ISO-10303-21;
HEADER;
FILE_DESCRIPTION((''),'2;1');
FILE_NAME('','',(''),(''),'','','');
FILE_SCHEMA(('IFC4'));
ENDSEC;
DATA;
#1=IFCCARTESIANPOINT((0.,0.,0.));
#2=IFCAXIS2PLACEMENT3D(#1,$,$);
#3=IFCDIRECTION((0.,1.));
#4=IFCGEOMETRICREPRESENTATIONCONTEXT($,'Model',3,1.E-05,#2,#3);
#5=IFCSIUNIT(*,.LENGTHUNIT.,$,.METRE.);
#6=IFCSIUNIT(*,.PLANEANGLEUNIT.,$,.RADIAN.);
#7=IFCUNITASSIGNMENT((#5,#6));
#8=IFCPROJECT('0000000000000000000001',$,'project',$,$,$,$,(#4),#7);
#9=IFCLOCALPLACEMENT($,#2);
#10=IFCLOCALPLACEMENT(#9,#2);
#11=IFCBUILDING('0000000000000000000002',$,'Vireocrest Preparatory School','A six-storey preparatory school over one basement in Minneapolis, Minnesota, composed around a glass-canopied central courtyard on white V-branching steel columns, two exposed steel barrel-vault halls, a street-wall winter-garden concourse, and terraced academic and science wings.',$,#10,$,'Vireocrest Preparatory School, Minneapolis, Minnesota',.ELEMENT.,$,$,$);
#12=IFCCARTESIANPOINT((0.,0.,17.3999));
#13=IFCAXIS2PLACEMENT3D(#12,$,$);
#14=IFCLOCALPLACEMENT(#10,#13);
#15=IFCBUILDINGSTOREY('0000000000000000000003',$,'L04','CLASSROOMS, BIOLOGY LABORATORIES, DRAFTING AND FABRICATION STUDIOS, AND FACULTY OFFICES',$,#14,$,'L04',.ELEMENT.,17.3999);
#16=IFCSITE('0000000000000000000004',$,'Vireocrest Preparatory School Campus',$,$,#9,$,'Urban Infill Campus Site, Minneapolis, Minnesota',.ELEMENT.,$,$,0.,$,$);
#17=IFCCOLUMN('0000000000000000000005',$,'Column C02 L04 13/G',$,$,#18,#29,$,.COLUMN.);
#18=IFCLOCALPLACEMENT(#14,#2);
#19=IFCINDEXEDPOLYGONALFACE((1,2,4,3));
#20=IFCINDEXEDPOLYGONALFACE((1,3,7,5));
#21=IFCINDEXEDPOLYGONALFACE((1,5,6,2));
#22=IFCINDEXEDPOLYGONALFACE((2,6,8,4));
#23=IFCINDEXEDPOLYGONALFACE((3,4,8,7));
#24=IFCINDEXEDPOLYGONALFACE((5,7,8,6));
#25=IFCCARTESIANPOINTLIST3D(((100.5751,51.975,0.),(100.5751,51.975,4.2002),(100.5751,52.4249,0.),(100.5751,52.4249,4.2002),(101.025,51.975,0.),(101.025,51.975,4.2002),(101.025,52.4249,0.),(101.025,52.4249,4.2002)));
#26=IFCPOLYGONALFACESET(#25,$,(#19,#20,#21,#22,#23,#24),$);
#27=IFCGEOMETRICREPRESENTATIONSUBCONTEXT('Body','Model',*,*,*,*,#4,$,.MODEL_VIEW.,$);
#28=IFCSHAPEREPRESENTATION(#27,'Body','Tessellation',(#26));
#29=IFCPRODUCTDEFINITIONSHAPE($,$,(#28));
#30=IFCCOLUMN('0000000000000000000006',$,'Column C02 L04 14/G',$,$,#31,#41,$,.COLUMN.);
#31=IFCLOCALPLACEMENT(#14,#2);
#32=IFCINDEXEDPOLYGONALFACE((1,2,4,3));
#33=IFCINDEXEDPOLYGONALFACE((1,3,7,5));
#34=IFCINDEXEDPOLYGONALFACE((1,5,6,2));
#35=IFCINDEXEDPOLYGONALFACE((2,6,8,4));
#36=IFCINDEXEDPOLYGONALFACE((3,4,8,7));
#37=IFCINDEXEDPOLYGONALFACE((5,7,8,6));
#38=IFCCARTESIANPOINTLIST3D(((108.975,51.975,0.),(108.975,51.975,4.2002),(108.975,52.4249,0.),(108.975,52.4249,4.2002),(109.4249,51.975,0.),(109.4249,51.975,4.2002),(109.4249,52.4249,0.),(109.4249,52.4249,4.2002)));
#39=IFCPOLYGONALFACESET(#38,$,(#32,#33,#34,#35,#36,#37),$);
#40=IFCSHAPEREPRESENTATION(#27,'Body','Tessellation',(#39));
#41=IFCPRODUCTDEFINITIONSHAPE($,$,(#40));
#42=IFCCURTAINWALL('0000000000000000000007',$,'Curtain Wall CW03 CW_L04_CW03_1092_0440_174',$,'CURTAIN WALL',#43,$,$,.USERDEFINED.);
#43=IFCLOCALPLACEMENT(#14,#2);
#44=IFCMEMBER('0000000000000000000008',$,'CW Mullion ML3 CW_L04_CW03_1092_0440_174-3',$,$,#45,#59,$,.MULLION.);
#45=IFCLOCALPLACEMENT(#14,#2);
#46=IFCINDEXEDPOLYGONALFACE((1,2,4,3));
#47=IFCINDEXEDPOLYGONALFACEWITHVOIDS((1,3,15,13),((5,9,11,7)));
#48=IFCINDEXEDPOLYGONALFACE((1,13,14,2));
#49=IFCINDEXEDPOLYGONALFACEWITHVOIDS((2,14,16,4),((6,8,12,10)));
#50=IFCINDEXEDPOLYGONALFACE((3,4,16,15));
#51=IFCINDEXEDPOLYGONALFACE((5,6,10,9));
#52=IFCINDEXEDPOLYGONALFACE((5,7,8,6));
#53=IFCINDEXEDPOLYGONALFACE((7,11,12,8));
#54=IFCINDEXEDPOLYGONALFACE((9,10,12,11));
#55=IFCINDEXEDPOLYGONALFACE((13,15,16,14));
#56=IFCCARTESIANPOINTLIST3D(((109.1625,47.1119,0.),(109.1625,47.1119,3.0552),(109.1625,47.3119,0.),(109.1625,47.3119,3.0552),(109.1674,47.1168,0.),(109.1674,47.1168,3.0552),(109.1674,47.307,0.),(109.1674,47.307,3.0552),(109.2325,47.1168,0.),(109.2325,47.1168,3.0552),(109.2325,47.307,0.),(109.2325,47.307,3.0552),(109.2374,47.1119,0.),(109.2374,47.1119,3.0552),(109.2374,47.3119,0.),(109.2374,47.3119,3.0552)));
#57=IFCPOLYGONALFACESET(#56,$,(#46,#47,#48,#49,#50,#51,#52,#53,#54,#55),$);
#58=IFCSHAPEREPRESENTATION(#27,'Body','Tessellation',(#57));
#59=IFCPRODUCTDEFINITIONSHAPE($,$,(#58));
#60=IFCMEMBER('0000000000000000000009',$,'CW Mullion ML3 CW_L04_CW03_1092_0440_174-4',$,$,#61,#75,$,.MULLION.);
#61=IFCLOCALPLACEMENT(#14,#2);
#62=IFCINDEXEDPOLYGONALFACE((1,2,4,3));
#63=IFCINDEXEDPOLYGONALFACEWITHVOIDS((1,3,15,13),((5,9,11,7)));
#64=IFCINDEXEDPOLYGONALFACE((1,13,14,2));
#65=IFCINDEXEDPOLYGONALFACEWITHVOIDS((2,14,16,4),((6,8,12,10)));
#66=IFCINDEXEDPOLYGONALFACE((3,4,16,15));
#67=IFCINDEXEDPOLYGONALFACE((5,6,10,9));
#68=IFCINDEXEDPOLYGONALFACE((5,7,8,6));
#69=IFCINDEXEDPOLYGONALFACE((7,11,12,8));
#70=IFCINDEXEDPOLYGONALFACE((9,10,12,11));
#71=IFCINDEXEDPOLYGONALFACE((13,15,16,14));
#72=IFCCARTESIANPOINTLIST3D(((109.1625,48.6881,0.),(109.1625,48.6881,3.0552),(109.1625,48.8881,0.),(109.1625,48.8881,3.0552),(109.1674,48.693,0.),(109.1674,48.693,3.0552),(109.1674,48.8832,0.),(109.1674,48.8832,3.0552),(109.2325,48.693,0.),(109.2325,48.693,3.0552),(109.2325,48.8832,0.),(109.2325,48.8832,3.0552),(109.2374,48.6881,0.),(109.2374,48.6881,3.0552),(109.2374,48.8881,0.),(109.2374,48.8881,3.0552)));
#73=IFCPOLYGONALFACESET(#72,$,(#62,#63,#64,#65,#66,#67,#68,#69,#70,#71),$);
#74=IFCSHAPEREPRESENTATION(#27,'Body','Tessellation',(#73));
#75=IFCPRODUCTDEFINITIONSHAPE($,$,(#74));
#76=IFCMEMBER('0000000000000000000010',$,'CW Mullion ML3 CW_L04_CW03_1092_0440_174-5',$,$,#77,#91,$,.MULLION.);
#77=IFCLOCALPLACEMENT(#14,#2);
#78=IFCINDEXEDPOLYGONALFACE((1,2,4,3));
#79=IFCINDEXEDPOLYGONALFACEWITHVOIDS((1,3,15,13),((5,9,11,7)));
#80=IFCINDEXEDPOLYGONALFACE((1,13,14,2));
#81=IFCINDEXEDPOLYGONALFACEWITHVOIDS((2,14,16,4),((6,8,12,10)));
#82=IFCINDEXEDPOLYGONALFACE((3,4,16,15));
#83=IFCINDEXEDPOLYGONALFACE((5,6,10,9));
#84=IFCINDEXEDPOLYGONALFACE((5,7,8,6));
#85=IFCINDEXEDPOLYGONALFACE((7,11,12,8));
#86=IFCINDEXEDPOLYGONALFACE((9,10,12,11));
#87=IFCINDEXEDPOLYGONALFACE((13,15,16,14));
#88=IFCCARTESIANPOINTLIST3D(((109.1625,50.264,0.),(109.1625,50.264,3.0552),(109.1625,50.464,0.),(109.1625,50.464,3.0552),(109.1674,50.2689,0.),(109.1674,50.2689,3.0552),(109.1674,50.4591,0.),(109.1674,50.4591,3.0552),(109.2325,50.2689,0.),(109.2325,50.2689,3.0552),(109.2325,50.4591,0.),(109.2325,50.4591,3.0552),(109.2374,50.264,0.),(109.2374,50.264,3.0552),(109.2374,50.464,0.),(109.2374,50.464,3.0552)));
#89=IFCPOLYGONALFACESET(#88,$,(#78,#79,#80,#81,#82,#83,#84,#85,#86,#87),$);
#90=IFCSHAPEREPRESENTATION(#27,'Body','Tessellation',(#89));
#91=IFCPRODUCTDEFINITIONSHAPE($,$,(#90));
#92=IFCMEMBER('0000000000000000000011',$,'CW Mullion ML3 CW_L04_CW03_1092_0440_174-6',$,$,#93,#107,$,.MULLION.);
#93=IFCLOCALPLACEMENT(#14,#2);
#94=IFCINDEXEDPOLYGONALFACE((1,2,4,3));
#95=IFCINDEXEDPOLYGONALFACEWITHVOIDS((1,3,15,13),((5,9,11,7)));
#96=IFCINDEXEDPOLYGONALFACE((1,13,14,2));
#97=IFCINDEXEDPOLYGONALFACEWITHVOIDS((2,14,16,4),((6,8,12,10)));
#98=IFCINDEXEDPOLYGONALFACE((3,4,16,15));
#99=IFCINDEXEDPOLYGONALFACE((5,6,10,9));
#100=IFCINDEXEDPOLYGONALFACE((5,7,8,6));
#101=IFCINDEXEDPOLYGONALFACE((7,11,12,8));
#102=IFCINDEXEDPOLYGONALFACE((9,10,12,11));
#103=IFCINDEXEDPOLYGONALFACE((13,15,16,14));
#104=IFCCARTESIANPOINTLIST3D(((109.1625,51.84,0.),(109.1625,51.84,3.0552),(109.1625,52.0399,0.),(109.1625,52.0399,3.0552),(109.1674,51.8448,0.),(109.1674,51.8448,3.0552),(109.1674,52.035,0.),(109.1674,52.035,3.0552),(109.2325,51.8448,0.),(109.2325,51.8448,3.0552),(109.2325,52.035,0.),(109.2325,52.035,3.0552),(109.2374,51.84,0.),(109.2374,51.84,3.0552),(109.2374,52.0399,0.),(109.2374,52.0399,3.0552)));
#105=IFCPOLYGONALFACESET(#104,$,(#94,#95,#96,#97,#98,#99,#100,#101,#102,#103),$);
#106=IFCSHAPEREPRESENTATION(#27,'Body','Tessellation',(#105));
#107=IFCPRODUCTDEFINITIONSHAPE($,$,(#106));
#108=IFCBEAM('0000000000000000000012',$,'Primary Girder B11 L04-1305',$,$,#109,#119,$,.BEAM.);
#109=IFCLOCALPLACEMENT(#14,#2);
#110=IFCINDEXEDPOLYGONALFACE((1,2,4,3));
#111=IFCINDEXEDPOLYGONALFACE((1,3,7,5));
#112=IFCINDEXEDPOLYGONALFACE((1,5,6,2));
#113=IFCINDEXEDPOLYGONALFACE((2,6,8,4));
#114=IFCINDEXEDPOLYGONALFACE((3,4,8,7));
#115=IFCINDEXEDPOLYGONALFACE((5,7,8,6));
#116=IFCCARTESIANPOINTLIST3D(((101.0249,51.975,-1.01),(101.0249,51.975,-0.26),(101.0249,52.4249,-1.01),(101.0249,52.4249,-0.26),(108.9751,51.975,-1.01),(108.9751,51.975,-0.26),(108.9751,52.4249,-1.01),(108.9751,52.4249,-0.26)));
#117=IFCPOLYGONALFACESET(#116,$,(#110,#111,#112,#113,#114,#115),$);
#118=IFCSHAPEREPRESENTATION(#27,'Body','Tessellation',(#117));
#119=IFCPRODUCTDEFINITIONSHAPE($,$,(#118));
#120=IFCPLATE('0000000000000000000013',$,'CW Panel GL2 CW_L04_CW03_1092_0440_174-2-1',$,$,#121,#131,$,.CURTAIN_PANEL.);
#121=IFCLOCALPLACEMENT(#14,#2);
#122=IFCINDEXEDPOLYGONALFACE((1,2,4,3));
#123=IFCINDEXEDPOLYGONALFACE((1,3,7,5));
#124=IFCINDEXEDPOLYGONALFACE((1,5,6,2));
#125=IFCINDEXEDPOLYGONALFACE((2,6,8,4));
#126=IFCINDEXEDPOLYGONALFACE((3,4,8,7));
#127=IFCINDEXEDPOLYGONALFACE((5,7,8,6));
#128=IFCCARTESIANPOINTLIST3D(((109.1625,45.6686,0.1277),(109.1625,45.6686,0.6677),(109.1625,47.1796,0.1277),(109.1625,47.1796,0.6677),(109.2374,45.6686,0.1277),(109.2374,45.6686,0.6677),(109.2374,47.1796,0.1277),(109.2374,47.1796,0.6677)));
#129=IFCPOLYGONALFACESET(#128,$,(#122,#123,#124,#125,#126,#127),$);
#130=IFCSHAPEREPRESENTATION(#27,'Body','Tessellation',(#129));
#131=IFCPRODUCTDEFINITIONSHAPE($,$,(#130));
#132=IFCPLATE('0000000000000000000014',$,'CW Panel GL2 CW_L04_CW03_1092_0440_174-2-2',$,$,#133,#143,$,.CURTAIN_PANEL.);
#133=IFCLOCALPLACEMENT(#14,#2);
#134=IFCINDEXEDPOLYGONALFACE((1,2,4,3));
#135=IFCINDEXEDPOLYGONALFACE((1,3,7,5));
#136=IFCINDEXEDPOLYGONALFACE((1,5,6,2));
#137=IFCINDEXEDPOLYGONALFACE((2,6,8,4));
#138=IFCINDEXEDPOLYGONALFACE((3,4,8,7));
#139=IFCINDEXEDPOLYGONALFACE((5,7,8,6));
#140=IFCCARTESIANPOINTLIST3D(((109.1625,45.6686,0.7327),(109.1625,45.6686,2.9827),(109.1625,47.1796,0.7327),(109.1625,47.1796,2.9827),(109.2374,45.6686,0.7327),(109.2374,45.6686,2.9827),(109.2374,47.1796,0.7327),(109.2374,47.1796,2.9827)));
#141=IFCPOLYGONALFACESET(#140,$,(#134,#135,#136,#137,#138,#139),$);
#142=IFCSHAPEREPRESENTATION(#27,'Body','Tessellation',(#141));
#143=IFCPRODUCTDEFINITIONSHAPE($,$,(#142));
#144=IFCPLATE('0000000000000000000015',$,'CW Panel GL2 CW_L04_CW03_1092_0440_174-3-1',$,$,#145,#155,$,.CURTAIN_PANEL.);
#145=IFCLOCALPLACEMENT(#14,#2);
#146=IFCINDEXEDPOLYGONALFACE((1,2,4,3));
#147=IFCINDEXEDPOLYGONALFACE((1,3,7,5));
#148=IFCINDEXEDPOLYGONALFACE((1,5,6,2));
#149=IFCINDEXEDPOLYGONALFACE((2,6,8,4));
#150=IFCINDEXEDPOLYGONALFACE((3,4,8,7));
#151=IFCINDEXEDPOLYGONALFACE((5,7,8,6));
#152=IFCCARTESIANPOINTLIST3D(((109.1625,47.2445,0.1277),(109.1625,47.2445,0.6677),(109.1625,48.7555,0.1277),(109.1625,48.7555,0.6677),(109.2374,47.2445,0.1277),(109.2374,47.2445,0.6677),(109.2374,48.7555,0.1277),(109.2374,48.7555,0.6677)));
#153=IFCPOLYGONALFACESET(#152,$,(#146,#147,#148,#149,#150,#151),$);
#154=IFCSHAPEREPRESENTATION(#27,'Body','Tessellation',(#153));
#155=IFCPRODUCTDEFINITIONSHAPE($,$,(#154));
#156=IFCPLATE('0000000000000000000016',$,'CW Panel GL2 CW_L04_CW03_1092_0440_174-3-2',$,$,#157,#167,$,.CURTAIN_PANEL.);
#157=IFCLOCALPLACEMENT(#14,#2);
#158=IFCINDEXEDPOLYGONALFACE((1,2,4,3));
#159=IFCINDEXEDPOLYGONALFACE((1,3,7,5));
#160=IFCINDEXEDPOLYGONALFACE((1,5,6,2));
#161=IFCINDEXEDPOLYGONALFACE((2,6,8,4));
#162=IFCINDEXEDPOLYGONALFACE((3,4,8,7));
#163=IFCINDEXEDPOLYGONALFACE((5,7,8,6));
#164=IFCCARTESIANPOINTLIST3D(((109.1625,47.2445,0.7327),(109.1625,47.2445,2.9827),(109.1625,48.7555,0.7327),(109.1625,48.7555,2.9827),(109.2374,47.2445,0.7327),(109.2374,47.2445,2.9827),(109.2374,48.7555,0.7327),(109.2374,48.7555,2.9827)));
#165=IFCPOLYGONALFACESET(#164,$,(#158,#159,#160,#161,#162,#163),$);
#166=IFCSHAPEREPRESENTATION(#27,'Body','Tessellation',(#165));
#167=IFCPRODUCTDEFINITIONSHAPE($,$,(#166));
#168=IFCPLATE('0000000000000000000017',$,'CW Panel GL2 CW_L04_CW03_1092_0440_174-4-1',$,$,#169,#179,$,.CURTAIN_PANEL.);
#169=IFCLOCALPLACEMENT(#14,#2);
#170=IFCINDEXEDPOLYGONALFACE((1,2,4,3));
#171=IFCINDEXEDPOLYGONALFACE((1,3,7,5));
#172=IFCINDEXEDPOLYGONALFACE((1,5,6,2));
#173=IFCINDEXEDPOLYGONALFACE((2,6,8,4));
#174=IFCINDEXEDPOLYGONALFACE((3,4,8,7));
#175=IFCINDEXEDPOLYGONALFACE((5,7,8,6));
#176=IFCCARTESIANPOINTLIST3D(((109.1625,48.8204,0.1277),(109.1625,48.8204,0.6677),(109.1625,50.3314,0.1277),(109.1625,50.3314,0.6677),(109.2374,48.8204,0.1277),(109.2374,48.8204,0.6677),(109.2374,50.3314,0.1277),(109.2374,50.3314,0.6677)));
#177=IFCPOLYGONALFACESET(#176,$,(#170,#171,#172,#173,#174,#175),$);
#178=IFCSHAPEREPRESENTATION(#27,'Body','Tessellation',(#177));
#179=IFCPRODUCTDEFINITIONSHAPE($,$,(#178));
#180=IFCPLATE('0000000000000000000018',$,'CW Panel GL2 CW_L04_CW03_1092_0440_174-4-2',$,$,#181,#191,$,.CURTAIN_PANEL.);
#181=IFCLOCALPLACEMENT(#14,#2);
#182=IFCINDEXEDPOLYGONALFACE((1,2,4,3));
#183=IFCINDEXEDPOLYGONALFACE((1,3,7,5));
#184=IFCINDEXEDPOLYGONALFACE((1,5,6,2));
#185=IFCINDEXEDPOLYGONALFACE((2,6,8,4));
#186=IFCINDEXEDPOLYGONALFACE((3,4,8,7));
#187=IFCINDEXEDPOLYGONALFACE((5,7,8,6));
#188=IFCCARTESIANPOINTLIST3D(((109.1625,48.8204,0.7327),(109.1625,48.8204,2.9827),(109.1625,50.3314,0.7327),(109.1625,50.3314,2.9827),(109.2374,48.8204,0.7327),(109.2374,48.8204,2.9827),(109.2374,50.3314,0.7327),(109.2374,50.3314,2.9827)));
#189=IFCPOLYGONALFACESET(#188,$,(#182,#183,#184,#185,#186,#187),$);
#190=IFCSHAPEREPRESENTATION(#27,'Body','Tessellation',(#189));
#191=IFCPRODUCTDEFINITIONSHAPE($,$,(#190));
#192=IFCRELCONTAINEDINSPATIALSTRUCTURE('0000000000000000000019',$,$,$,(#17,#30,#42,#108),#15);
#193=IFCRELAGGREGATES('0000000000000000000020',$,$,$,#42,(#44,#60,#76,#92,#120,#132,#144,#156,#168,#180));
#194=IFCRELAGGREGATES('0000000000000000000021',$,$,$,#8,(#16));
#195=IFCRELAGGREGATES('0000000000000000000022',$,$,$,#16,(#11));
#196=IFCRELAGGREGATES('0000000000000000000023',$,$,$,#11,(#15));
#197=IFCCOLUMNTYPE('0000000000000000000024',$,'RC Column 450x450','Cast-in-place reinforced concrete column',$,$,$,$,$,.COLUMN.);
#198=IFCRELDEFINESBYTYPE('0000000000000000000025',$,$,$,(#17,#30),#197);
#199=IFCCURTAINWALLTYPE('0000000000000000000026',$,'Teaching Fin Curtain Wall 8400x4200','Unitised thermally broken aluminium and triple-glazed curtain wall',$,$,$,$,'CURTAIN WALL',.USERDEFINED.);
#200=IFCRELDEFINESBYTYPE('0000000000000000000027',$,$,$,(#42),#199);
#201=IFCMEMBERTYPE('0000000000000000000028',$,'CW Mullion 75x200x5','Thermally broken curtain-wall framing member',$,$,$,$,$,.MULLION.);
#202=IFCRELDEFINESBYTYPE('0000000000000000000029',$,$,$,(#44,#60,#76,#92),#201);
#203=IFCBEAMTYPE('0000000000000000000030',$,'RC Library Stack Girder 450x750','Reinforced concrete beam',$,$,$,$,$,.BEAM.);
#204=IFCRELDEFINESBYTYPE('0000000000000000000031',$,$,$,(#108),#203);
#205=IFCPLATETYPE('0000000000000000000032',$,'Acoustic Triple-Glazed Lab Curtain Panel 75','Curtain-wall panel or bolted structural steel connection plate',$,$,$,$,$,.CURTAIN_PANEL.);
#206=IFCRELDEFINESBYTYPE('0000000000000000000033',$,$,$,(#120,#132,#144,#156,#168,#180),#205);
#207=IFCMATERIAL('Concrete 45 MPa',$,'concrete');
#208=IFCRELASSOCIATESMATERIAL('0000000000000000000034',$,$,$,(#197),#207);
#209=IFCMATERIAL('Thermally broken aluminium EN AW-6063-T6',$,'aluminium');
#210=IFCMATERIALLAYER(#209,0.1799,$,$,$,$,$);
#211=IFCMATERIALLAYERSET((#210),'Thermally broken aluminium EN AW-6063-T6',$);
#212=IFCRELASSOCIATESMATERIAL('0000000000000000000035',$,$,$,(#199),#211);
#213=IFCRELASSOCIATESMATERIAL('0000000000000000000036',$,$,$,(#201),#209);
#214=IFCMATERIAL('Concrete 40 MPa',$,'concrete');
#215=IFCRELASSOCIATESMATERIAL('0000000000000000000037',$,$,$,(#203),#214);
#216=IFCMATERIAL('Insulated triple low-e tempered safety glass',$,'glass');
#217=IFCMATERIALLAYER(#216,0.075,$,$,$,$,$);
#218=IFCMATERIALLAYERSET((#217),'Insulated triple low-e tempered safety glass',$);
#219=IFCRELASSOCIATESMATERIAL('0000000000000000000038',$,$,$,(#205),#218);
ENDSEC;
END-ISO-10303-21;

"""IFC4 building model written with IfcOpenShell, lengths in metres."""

from ifc_helpers import new_model, si_unit, direction, frame, origin, origin_2d, place, context, subcontext, project, spatial, rectangle, hollow_rectangle, extrude, material, layer, layer_set, material_profile, profile_set, type_object, element, aggregate, save


model = new_model("IFC4")

# Units and contexts
model_context = context("Model", 3, precision=1e-05, world=origin(), true_north=direction((0.0, 1.0)))
body_context = subcontext(model_context, "Body", "Model", "MODEL_VIEW")
ifc_project = project(units=[si_unit("LENGTHUNIT", "METRE"), si_unit("PLANEANGLEUNIT", "RADIAN")], contexts=[model_context])

# Site, building, storey
site_placement = place(None, origin())
site = spatial("IfcSite", under=ifc_project, at=site_placement, Name="Vireocrest Preparatory School Campus", LongName="Urban Infill Campus Site, Minneapolis, Minnesota", CompositionType="ELEMENT", RefElevation=0.0)
building_placement = place(site_placement, origin())
building = spatial("IfcBuilding", under=site, at=building_placement, Name="Vireocrest Preparatory School", Description="A six-storey preparatory school over one basement in Minneapolis, Minnesota, composed around a glass-canopied central courtyard on white V-branching steel columns, two exposed steel barrel-vault halls, a street-wall winter-garden concourse, and terraced academic and science wings.", LongName="Vireocrest Preparatory School, Minneapolis, Minnesota", CompositionType="ELEMENT")
storey_placement = place(building_placement, frame((0.0, 0.0, 17.3999)))
storey = spatial("IfcBuildingStorey", under=building, at=storey_placement, Name="L04", Description="CLASSROOMS, BIOLOGY LABORATORIES, DRAFTING AND FABRICATION STUDIOS, AND FACULTY OFFICES", LongName="L04", CompositionType="ELEMENT", Elevation=17.3999)

# Columns
ifc_material_1 = material(Name="Concrete 45 MPa", Category="concrete")
ifc_material_profile_1 = material_profile(ifc_material_1, rectangle(XDim=0.45, YDim=0.45, at=origin_2d()), Name="RC 450x450")
ifc_profile_set_1 = profile_set([ifc_material_profile_1], Name="Concrete 45 MPa")
column_type = type_object("IfcColumnType", Name="RC Column 450x450", Description="Cast-in-place reinforced concrete column", PredefinedType="COLUMN", material=ifc_profile_set_1)
for number, where, z_axis, x_axis, name in (
    (1, (100.8, 52.2, 0.0), (0.0, 0.0, 1.0), (1.0, 0.0, 0.0), "Column C02 L04 13/G"),
    (2, (109.2, 52.2, 0.0), (0.0, 0.0, 1.0), (1.0, 0.0, 0.0), "Column C02 L04 14/G"),
):
    element("IfcColumn", number, at=place(storey_placement, frame(where, z_axis=z_axis, x_axis=x_axis)), inside=storey, type_object=column_type, Name=name, PredefinedType="COLUMN", context=body_context, shape_type="SweptSolid", body=[
        extrude(rectangle(XDim=0.45, YDim=0.45, at=origin_2d()), origin(), (0.0, 0.0, 1.0), 4.2002),
    ])

# Curtain wall, members
ifc_material_2 = material(Name="Thermally broken aluminium EN AW-6063-T6", Category="aluminium")
ifc_layer_1 = layer(ifc_material_2, 0.1799)
ifc_layer_set_1 = layer_set([ifc_layer_1], Name="Thermally broken aluminium EN AW-6063-T6")
curtain_wall_type = type_object("IfcCurtainWallType", Name="Teaching Fin Curtain Wall 8400x4200", Description="Unitised thermally broken aluminium and triple-glazed curtain wall", ElementType="CURTAIN WALL", PredefinedType="USERDEFINED", material=ifc_layer_set_1)
curtain_wall_placement = place(storey_placement, origin())
curtain_wall = element("IfcCurtainWall", 3, at=curtain_wall_placement, inside=storey, type_object=curtain_wall_type, Name="Curtain Wall CW03 CW_L04_CW03_1092_0440_174", ObjectType="CURTAIN WALL", PredefinedType="USERDEFINED")
ifc_material_profile_2 = material_profile(ifc_material_2, hollow_rectangle(XDim=0.075, YDim=0.2, WallThickness=0.0049, at=origin_2d()), Name="ALU 75x200x5")
ifc_profile_set_2 = profile_set([ifc_material_profile_2], Name="Thermally broken aluminium EN AW-6063-T6")
member_type = type_object("IfcMemberType", Name="CW Mullion 75x200x5", Description="Thermally broken curtain-wall framing member", PredefinedType="MULLION", material=ifc_profile_set_2)
member_1_placement = place(storey_placement, frame((109.2, 47.2119, 0.0), z_axis=(0.0, 0.0, 1.0), x_axis=(1.0, 0.0, 0.0)))
member_1 = element("IfcMember", 4, at=member_1_placement, type_object=member_type, Name="CW Mullion ML3 CW_L04_CW03_1092_0440_174-3", PredefinedType="MULLION", context=body_context, shape_type="SweptSolid", body=[
    extrude(hollow_rectangle(XDim=0.075, YDim=0.2, WallThickness=0.0049, at=origin_2d()), origin(), (0.0, 0.0, 1.0), 3.0552),
])
member_2_placement = place(storey_placement, frame((109.2, 48.7881, 0.0), z_axis=(0.0, 0.0, 1.0), x_axis=(1.0, 0.0, 0.0)))
member_2 = element("IfcMember", 5, at=member_2_placement, type_object=member_type, Name="CW Mullion ML3 CW_L04_CW03_1092_0440_174-4", PredefinedType="MULLION", context=body_context, shape_type="SweptSolid", body=[
    extrude(hollow_rectangle(XDim=0.075, YDim=0.2, WallThickness=0.0049, at=origin_2d()), origin(), (0.0, 0.0, 1.0), 3.0552),
])
member_3_placement = place(storey_placement, frame((109.2, 50.364, 0.0), z_axis=(0.0, 0.0, 1.0), x_axis=(1.0, 0.0, 0.0)))
member_3 = element("IfcMember", 6, at=member_3_placement, type_object=member_type, Name="CW Mullion ML3 CW_L04_CW03_1092_0440_174-5", PredefinedType="MULLION", context=body_context, shape_type="SweptSolid", body=[
    extrude(hollow_rectangle(XDim=0.075, YDim=0.2, WallThickness=0.0049, at=origin_2d()), origin(), (0.0, 0.0, 1.0), 3.0552),
])
member_4_placement = place(storey_placement, frame((109.2, 51.9399, 0.0), z_axis=(0.0, 0.0, 1.0), x_axis=(1.0, 0.0, 0.0)))
member_4 = element("IfcMember", 7, at=member_4_placement, type_object=member_type, Name="CW Mullion ML3 CW_L04_CW03_1092_0440_174-6", PredefinedType="MULLION", context=body_context, shape_type="SweptSolid", body=[
    extrude(hollow_rectangle(XDim=0.075, YDim=0.2, WallThickness=0.0049, at=origin_2d()), origin(), (0.0, 0.0, 1.0), 3.0552),
])

# Beam
ifc_material_3 = material(Name="Concrete 40 MPa", Category="concrete")
ifc_material_profile_3 = material_profile(ifc_material_3, rectangle(XDim=0.45, YDim=0.75, at=origin_2d()), Name="RC 450x750")
ifc_profile_set_3 = profile_set([ifc_material_profile_3], Name="Concrete 40 MPa")
beam_type = type_object("IfcBeamType", Name="RC Library Stack Girder 450x750", Description="Reinforced concrete beam", PredefinedType="BEAM", material=ifc_profile_set_3)
beam_placement = place(storey_placement, frame((101.0249, 52.2, -0.635), z_axis=(1.0, 0.0, 0.0), x_axis=(0.0, 1.0, 0.0)))
element("IfcBeam", 8, at=beam_placement, inside=storey, type_object=beam_type, Name="Primary Girder B11 L04-1305", PredefinedType="BEAM", context=body_context, shape_type="SweptSolid", body=[
    extrude(rectangle(XDim=0.45, YDim=0.75, at=origin_2d()), origin(), (0.0, 0.0, 1.0), 7.9502),
])

# Plates
ifc_material_4 = material(Name="Insulated triple low-e tempered safety glass", Category="glass")
ifc_layer_2 = layer(ifc_material_4, 0.075)
ifc_layer_set_2 = layer_set([ifc_layer_2], Name="Insulated triple low-e tempered safety glass")
plate_type = type_object("IfcPlateType", Name="Acoustic Triple-Glazed Lab Curtain Panel 75", Description="Curtain-wall panel or bolted structural steel connection plate", PredefinedType="CURTAIN_PANEL", material=ifc_layer_set_2)
plate_1_placement = place(storey_placement, frame((109.2, 46.4241, 0.1277), z_axis=(0.0, 0.0, 1.0), x_axis=(0.0, 1.0, 0.0)))
plate_1 = element("IfcPlate", 9, at=plate_1_placement, type_object=plate_type, Name="CW Panel GL2 CW_L04_CW03_1092_0440_174-2-1", PredefinedType="CURTAIN_PANEL", context=body_context, shape_type="SweptSolid", body=[
    extrude(rectangle(XDim=1.511, YDim=0.075, at=origin_2d()), origin(), (0.0, 0.0, 1.0), 0.54),
])
plate_2_placement = place(storey_placement, frame((109.2, 46.4241, 0.7327), z_axis=(0.0, 0.0, 1.0), x_axis=(0.0, 1.0, 0.0)))
plate_2 = element("IfcPlate", 10, at=plate_2_placement, type_object=plate_type, Name="CW Panel GL2 CW_L04_CW03_1092_0440_174-2-2", PredefinedType="CURTAIN_PANEL", context=body_context, shape_type="SweptSolid", body=[
    extrude(rectangle(XDim=1.511, YDim=0.075, at=origin_2d()), origin(), (0.0, 0.0, 1.0), 2.25),
])
plate_3_placement = place(storey_placement, frame((109.2, 48.0, 0.1277), z_axis=(0.0, 0.0, 1.0), x_axis=(0.0, 1.0, 0.0)))
plate_3 = element("IfcPlate", 11, at=plate_3_placement, type_object=plate_type, Name="CW Panel GL2 CW_L04_CW03_1092_0440_174-3-1", PredefinedType="CURTAIN_PANEL", context=body_context, shape_type="SweptSolid", body=[
    extrude(rectangle(XDim=1.511, YDim=0.075, at=origin_2d()), origin(), (0.0, 0.0, 1.0), 0.54),
])
plate_4_placement = place(storey_placement, frame((109.2, 48.0, 0.7327), z_axis=(0.0, 0.0, 1.0), x_axis=(0.0, 1.0, 0.0)))
plate_4 = element("IfcPlate", 12, at=plate_4_placement, type_object=plate_type, Name="CW Panel GL2 CW_L04_CW03_1092_0440_174-3-2", PredefinedType="CURTAIN_PANEL", context=body_context, shape_type="SweptSolid", body=[
    extrude(rectangle(XDim=1.511, YDim=0.075, at=origin_2d()), origin(), (0.0, 0.0, 1.0), 2.25),
])
plate_5_placement = place(storey_placement, frame((109.2, 49.5759, 0.1277), z_axis=(0.0, 0.0, 1.0), x_axis=(0.0, 1.0, 0.0)))
plate_5 = element("IfcPlate", 13, at=plate_5_placement, type_object=plate_type, Name="CW Panel GL2 CW_L04_CW03_1092_0440_174-4-1", PredefinedType="CURTAIN_PANEL", context=body_context, shape_type="SweptSolid", body=[
    extrude(rectangle(XDim=1.511, YDim=0.075, at=origin_2d()), origin(), (0.0, 0.0, 1.0), 0.54),
])
plate_6_placement = place(storey_placement, frame((109.2, 49.5759, 0.7327), z_axis=(0.0, 0.0, 1.0), x_axis=(0.0, 1.0, 0.0)))
plate_6 = element("IfcPlate", 14, at=plate_6_placement, type_object=plate_type, Name="CW Panel GL2 CW_L04_CW03_1092_0440_174-4-2", PredefinedType="CURTAIN_PANEL", context=body_context, shape_type="SweptSolid", body=[
    extrude(rectangle(XDim=1.511, YDim=0.075, at=origin_2d()), origin(), (0.0, 0.0, 1.0), 2.25),
])
aggregate(curtain_wall, [member_1, member_2, member_3, member_4, plate_1, plate_2, plate_3, plate_4, plate_5, plate_6])

save(model, "model.ifc")
